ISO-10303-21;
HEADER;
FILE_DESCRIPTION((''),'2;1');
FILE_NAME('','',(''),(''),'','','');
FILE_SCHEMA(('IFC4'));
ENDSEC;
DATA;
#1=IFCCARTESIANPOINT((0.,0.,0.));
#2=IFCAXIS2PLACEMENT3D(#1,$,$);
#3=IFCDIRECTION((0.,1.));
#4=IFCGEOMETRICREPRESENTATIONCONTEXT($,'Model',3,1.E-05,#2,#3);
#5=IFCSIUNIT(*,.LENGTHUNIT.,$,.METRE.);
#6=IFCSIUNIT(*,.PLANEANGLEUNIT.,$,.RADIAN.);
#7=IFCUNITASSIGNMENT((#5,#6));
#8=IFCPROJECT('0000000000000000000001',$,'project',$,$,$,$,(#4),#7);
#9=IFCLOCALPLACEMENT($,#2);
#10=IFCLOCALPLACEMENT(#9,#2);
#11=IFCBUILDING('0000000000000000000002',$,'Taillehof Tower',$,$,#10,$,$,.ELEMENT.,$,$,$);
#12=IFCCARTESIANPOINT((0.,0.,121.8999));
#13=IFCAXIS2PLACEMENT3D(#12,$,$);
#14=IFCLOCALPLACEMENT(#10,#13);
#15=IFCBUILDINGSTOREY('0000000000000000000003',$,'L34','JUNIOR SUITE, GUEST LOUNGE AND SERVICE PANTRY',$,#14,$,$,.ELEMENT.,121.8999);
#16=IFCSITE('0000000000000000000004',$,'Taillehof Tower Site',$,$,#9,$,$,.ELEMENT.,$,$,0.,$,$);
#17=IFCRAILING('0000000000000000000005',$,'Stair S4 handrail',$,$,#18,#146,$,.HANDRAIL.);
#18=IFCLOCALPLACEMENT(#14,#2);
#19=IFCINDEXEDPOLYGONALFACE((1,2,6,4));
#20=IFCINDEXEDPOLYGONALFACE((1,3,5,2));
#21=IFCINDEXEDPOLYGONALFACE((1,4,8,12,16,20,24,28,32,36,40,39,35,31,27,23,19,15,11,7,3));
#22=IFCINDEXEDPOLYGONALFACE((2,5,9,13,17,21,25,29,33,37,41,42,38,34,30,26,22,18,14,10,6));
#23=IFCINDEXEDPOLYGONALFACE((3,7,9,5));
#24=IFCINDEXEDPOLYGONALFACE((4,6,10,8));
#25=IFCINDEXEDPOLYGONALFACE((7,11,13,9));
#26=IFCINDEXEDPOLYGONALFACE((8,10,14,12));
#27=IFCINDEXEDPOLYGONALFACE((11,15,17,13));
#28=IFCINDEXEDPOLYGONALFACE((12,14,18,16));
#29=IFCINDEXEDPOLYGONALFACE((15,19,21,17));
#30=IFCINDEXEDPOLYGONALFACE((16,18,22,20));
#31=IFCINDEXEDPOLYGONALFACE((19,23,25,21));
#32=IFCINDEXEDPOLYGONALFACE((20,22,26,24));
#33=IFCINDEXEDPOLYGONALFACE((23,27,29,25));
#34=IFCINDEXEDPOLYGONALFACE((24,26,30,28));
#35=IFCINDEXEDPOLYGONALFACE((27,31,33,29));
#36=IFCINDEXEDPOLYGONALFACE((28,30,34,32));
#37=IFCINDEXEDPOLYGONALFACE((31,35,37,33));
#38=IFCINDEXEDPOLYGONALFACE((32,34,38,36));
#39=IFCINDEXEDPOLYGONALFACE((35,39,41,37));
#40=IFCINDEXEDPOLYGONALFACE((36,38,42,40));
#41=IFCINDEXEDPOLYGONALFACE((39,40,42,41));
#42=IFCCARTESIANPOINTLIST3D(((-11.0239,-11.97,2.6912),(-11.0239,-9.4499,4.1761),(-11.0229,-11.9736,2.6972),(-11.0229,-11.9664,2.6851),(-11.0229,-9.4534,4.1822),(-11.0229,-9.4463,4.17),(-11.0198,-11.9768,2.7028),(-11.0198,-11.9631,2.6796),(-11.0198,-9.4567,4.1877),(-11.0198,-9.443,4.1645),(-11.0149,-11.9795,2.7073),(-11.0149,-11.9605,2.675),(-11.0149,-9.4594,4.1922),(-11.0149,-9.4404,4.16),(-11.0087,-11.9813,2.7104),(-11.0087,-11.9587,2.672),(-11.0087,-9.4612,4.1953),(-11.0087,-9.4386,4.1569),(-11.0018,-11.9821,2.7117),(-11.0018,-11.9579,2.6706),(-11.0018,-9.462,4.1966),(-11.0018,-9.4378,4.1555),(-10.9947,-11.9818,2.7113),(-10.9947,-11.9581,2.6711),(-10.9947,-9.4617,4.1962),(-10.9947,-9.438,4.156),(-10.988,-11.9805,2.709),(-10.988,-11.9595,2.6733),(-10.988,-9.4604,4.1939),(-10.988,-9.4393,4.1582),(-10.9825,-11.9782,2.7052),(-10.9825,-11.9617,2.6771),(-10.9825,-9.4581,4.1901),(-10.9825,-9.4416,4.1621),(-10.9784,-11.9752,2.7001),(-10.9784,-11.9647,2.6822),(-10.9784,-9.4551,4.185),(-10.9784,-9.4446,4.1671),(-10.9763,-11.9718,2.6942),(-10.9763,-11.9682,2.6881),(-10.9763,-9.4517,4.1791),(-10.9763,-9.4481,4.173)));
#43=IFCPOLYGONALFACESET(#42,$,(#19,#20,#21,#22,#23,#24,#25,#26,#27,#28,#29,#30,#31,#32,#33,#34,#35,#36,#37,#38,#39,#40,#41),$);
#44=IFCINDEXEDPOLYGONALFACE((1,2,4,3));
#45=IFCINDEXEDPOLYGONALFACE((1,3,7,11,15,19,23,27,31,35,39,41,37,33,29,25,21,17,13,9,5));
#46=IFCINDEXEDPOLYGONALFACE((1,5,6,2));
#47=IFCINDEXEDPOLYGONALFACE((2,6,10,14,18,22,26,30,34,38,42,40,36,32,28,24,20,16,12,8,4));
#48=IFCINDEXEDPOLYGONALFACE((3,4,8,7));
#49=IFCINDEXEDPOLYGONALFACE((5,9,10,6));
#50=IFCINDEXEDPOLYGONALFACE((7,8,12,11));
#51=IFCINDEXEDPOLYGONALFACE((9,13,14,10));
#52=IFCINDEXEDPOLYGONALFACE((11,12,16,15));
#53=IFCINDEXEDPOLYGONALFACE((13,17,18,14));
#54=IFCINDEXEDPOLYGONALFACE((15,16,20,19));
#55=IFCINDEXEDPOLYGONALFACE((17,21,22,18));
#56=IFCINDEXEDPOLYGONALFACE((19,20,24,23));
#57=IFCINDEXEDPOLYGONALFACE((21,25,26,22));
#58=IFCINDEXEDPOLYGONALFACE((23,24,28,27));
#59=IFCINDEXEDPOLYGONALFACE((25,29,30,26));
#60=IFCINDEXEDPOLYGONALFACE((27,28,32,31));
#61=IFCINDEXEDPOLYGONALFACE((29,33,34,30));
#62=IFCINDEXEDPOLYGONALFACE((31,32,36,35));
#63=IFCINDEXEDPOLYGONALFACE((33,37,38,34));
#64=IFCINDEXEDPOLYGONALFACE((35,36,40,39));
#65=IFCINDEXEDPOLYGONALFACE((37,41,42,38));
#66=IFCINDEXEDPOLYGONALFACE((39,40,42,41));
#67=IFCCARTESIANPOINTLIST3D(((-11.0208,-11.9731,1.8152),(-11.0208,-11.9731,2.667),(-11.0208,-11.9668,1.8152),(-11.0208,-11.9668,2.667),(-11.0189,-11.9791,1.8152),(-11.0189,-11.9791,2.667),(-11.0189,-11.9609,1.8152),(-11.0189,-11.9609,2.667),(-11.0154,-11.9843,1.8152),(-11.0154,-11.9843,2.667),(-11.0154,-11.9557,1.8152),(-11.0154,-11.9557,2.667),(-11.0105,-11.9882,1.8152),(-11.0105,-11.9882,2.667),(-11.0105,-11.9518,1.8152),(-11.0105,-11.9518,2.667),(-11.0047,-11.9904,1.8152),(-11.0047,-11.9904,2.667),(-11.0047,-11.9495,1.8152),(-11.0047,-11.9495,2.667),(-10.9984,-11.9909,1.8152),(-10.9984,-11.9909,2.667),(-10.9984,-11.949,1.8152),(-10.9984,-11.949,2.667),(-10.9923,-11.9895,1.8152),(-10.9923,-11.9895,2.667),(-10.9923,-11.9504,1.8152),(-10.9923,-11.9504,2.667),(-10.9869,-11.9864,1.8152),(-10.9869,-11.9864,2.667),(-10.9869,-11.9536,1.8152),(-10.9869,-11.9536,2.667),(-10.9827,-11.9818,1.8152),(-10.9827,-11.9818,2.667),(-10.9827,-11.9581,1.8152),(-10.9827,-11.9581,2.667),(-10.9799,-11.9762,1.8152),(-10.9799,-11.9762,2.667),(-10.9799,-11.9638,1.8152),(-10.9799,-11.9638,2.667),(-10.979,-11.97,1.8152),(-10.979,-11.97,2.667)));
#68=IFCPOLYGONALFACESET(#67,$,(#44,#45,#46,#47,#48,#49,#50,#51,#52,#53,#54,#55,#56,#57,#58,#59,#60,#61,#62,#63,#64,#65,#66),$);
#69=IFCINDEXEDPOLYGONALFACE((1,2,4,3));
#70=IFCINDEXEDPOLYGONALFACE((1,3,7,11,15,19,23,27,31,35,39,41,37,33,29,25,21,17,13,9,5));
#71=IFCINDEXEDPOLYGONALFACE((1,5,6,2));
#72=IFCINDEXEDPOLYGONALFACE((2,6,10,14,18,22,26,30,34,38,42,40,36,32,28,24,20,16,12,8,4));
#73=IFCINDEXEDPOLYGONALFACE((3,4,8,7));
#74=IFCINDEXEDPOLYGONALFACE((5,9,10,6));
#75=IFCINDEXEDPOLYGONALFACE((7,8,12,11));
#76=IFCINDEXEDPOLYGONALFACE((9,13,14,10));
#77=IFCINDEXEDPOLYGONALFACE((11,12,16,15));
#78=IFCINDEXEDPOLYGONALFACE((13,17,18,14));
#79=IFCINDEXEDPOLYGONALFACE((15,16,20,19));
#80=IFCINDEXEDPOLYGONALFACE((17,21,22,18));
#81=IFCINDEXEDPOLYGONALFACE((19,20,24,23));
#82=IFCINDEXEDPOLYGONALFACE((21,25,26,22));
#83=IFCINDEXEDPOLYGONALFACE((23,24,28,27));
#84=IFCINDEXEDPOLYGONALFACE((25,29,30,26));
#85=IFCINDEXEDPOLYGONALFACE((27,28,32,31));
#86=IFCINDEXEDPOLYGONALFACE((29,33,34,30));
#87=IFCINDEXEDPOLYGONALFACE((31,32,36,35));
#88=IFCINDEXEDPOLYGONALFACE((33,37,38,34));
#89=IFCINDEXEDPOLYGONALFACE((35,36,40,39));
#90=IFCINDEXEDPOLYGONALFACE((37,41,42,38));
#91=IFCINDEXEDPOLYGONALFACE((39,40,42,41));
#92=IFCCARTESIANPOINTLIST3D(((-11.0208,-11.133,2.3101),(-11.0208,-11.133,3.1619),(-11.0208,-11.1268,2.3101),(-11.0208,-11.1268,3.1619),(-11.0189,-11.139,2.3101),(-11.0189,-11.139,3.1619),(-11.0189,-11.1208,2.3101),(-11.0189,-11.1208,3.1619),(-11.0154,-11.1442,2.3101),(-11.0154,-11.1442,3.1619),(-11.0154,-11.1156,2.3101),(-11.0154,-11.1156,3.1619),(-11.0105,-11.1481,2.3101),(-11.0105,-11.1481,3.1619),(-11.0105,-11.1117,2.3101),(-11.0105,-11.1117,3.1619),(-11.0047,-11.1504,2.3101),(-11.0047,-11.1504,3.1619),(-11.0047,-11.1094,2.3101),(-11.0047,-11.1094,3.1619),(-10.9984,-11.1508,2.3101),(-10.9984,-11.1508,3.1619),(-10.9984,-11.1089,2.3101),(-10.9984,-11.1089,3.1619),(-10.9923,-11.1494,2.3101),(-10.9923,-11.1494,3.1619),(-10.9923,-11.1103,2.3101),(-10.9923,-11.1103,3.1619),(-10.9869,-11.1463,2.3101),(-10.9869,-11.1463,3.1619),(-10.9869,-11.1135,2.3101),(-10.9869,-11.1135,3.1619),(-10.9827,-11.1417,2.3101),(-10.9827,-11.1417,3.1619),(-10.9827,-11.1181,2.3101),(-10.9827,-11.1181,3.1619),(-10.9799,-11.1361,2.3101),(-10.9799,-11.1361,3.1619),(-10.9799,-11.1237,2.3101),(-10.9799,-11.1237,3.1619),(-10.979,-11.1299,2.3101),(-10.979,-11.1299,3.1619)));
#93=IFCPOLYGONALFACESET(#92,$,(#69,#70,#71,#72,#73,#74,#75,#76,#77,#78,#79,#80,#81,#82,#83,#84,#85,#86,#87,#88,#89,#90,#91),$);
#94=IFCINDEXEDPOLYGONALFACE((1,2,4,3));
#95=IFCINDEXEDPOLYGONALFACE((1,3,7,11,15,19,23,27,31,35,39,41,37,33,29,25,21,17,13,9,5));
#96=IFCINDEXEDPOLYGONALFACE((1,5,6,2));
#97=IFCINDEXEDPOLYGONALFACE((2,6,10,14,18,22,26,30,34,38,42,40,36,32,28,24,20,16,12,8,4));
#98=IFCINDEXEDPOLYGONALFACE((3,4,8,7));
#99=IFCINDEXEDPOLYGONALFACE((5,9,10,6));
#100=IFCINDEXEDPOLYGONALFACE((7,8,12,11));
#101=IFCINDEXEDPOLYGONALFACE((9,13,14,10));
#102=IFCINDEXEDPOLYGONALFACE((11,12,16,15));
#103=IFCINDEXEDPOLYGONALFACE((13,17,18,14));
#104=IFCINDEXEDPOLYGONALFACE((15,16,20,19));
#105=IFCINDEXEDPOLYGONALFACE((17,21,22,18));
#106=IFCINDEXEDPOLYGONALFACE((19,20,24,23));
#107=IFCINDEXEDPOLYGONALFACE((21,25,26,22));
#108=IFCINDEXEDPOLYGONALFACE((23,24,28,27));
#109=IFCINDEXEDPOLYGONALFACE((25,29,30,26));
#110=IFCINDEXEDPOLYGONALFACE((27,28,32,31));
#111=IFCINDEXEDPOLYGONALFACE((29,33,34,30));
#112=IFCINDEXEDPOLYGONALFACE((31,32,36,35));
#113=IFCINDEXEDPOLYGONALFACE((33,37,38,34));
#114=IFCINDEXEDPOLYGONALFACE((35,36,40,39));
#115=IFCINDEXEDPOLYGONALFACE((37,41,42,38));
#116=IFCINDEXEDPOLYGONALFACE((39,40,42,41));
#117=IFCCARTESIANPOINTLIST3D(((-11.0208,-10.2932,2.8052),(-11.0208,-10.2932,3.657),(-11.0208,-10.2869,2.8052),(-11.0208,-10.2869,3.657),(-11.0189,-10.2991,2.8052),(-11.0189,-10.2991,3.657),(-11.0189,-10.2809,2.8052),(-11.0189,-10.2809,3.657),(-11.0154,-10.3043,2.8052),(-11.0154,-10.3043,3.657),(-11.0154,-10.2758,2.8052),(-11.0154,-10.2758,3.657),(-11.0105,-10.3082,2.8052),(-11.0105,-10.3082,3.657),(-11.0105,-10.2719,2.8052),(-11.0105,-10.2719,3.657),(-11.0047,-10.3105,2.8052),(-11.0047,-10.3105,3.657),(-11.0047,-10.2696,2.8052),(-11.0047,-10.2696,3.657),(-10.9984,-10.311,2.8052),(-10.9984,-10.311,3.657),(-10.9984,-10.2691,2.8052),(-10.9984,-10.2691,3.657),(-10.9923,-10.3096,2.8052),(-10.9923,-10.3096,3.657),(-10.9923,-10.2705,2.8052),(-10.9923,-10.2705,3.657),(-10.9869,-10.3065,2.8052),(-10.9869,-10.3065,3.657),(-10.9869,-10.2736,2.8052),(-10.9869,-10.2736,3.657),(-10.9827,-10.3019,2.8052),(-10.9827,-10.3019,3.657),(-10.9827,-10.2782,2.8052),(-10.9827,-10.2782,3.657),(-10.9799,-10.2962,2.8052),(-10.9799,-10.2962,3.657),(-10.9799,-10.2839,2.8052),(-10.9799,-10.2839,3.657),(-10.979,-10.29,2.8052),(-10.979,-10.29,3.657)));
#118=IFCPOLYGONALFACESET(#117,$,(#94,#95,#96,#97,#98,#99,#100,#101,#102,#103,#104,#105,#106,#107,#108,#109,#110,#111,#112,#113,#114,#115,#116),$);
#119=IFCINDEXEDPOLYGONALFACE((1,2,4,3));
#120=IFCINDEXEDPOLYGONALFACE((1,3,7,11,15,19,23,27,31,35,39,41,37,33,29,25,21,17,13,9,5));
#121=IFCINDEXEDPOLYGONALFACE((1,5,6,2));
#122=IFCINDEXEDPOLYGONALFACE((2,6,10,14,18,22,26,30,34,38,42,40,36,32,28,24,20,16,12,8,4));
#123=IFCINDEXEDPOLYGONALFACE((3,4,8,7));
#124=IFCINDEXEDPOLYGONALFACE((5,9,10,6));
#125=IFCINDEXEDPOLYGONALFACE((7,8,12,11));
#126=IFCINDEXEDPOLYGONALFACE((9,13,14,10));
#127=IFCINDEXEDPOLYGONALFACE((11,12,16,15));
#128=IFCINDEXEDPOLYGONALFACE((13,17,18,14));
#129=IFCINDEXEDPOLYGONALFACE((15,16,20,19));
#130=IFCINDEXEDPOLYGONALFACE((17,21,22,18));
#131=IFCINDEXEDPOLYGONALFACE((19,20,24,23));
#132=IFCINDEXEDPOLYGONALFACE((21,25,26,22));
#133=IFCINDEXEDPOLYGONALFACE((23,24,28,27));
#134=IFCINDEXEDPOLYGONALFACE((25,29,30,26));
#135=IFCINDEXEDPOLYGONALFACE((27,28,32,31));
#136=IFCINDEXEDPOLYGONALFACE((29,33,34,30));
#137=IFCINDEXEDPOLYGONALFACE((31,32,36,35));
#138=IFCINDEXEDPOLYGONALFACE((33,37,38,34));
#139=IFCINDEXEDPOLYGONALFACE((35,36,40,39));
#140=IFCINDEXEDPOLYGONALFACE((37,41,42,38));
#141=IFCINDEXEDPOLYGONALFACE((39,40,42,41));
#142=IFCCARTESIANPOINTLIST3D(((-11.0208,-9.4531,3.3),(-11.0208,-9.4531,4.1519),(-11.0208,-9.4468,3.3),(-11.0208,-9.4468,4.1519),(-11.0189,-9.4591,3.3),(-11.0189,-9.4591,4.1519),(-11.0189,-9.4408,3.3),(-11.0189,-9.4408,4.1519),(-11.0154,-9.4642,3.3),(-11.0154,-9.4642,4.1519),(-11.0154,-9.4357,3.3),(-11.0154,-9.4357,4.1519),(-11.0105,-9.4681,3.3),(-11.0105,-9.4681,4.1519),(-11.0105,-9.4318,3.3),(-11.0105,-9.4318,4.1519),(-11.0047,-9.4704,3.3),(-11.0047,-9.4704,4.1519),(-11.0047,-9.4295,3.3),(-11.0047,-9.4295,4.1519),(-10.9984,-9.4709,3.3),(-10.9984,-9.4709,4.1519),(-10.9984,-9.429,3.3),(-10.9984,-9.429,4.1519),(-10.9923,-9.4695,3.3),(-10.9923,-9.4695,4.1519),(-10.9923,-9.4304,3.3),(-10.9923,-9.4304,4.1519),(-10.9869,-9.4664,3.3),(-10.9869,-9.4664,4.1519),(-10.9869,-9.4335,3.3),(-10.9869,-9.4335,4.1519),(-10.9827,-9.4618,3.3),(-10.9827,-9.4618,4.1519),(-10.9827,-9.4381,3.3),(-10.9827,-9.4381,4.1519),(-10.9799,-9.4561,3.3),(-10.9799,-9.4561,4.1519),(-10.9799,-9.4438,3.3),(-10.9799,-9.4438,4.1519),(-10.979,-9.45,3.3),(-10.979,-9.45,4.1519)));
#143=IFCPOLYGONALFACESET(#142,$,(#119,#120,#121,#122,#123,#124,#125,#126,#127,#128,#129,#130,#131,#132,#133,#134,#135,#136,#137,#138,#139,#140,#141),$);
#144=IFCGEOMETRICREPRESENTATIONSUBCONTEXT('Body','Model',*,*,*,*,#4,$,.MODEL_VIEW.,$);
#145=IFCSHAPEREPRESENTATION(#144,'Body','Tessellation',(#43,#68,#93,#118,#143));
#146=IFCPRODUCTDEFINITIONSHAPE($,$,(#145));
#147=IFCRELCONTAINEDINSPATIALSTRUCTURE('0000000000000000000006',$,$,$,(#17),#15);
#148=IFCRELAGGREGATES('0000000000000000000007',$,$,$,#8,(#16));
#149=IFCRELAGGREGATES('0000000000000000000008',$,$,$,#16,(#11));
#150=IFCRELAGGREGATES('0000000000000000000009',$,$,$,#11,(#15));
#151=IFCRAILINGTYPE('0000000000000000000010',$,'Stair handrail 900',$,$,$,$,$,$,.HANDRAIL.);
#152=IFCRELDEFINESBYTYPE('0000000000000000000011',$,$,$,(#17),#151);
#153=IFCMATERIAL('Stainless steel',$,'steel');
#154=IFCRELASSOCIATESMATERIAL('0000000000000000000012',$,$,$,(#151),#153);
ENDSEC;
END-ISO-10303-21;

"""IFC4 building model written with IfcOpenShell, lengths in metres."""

from ifc_helpers import new_model, si_unit, direction, frame, origin, origin_2d, place, context, subcontext, project, spatial, circle, extrude, material, type_object, element, save


model = new_model("IFC4")

# Units and contexts
model_context = context("Model", 3, precision=1e-05, world=origin(), true_north=direction((0.0, 1.0)))
body_context = subcontext(model_context, "Body", "Model", "MODEL_VIEW")
ifc_project = project(units=[si_unit("LENGTHUNIT", "METRE"), si_unit("PLANEANGLEUNIT", "RADIAN")], contexts=[model_context])

# Site, building, storey
site_placement = place(None, origin())
site = spatial("IfcSite", under=ifc_project, at=site_placement, Name="Taillehof Tower Site", CompositionType="ELEMENT", RefElevation=0.0)
building_placement = place(site_placement, origin())
building = spatial("IfcBuilding", under=site, at=building_placement, Name="Taillehof Tower", CompositionType="ELEMENT")
storey_placement = place(building_placement, frame((0.0, 0.0, 121.8999)))
storey = spatial("IfcBuildingStorey", under=building, at=storey_placement, Name="L34", Description="JUNIOR SUITE, GUEST LOUNGE AND SERVICE PANTRY", CompositionType="ELEMENT", Elevation=121.8999)

# Railing
ifc_material_1 = material(Name="Stainless steel", Category="steel")
railing_type = type_object("IfcRailingType", Name="Stair handrail 900", PredefinedType="HANDRAIL", material=ifc_material_1)
railing_placement = place(storey_placement, frame((-11.0, -11.97, 1.8152)))
element("IfcRailing", 1, at=railing_placement, inside=storey, type_object=railing_type, Name="Stair S4 handrail", PredefinedType="HANDRAIL", context=body_context, shape_type="SweptSolid", body=[
    extrude(circle(Radius=0.0239, at=origin_2d()), frame((0.0, 0.0, 0.876), z_axis=(0.0, 0.861561, 0.507655), x_axis=(-1.0, 0.0, 0.0)), (0.0, 0.0, 1.0), 2.925),
    extrude(circle(Radius=0.021, at=origin_2d()), origin(), (0.0, 0.0, 1.0), 0.8518),
    extrude(circle(Radius=0.021, at=origin_2d()), frame((0.0, 0.8401, 0.4949)), (0.0, 0.0, 1.0), 0.8518),
    extrude(circle(Radius=0.021, at=origin_2d()), frame((0.0, 1.6799, 0.99)), (0.0, 0.0, 1.0), 0.8518),
    extrude(circle(Radius=0.021, at=origin_2d()), frame((0.0, 2.52, 1.4849)), (0.0, 0.0, 1.0), 0.8518),
])

save(model, "model.ifc")
